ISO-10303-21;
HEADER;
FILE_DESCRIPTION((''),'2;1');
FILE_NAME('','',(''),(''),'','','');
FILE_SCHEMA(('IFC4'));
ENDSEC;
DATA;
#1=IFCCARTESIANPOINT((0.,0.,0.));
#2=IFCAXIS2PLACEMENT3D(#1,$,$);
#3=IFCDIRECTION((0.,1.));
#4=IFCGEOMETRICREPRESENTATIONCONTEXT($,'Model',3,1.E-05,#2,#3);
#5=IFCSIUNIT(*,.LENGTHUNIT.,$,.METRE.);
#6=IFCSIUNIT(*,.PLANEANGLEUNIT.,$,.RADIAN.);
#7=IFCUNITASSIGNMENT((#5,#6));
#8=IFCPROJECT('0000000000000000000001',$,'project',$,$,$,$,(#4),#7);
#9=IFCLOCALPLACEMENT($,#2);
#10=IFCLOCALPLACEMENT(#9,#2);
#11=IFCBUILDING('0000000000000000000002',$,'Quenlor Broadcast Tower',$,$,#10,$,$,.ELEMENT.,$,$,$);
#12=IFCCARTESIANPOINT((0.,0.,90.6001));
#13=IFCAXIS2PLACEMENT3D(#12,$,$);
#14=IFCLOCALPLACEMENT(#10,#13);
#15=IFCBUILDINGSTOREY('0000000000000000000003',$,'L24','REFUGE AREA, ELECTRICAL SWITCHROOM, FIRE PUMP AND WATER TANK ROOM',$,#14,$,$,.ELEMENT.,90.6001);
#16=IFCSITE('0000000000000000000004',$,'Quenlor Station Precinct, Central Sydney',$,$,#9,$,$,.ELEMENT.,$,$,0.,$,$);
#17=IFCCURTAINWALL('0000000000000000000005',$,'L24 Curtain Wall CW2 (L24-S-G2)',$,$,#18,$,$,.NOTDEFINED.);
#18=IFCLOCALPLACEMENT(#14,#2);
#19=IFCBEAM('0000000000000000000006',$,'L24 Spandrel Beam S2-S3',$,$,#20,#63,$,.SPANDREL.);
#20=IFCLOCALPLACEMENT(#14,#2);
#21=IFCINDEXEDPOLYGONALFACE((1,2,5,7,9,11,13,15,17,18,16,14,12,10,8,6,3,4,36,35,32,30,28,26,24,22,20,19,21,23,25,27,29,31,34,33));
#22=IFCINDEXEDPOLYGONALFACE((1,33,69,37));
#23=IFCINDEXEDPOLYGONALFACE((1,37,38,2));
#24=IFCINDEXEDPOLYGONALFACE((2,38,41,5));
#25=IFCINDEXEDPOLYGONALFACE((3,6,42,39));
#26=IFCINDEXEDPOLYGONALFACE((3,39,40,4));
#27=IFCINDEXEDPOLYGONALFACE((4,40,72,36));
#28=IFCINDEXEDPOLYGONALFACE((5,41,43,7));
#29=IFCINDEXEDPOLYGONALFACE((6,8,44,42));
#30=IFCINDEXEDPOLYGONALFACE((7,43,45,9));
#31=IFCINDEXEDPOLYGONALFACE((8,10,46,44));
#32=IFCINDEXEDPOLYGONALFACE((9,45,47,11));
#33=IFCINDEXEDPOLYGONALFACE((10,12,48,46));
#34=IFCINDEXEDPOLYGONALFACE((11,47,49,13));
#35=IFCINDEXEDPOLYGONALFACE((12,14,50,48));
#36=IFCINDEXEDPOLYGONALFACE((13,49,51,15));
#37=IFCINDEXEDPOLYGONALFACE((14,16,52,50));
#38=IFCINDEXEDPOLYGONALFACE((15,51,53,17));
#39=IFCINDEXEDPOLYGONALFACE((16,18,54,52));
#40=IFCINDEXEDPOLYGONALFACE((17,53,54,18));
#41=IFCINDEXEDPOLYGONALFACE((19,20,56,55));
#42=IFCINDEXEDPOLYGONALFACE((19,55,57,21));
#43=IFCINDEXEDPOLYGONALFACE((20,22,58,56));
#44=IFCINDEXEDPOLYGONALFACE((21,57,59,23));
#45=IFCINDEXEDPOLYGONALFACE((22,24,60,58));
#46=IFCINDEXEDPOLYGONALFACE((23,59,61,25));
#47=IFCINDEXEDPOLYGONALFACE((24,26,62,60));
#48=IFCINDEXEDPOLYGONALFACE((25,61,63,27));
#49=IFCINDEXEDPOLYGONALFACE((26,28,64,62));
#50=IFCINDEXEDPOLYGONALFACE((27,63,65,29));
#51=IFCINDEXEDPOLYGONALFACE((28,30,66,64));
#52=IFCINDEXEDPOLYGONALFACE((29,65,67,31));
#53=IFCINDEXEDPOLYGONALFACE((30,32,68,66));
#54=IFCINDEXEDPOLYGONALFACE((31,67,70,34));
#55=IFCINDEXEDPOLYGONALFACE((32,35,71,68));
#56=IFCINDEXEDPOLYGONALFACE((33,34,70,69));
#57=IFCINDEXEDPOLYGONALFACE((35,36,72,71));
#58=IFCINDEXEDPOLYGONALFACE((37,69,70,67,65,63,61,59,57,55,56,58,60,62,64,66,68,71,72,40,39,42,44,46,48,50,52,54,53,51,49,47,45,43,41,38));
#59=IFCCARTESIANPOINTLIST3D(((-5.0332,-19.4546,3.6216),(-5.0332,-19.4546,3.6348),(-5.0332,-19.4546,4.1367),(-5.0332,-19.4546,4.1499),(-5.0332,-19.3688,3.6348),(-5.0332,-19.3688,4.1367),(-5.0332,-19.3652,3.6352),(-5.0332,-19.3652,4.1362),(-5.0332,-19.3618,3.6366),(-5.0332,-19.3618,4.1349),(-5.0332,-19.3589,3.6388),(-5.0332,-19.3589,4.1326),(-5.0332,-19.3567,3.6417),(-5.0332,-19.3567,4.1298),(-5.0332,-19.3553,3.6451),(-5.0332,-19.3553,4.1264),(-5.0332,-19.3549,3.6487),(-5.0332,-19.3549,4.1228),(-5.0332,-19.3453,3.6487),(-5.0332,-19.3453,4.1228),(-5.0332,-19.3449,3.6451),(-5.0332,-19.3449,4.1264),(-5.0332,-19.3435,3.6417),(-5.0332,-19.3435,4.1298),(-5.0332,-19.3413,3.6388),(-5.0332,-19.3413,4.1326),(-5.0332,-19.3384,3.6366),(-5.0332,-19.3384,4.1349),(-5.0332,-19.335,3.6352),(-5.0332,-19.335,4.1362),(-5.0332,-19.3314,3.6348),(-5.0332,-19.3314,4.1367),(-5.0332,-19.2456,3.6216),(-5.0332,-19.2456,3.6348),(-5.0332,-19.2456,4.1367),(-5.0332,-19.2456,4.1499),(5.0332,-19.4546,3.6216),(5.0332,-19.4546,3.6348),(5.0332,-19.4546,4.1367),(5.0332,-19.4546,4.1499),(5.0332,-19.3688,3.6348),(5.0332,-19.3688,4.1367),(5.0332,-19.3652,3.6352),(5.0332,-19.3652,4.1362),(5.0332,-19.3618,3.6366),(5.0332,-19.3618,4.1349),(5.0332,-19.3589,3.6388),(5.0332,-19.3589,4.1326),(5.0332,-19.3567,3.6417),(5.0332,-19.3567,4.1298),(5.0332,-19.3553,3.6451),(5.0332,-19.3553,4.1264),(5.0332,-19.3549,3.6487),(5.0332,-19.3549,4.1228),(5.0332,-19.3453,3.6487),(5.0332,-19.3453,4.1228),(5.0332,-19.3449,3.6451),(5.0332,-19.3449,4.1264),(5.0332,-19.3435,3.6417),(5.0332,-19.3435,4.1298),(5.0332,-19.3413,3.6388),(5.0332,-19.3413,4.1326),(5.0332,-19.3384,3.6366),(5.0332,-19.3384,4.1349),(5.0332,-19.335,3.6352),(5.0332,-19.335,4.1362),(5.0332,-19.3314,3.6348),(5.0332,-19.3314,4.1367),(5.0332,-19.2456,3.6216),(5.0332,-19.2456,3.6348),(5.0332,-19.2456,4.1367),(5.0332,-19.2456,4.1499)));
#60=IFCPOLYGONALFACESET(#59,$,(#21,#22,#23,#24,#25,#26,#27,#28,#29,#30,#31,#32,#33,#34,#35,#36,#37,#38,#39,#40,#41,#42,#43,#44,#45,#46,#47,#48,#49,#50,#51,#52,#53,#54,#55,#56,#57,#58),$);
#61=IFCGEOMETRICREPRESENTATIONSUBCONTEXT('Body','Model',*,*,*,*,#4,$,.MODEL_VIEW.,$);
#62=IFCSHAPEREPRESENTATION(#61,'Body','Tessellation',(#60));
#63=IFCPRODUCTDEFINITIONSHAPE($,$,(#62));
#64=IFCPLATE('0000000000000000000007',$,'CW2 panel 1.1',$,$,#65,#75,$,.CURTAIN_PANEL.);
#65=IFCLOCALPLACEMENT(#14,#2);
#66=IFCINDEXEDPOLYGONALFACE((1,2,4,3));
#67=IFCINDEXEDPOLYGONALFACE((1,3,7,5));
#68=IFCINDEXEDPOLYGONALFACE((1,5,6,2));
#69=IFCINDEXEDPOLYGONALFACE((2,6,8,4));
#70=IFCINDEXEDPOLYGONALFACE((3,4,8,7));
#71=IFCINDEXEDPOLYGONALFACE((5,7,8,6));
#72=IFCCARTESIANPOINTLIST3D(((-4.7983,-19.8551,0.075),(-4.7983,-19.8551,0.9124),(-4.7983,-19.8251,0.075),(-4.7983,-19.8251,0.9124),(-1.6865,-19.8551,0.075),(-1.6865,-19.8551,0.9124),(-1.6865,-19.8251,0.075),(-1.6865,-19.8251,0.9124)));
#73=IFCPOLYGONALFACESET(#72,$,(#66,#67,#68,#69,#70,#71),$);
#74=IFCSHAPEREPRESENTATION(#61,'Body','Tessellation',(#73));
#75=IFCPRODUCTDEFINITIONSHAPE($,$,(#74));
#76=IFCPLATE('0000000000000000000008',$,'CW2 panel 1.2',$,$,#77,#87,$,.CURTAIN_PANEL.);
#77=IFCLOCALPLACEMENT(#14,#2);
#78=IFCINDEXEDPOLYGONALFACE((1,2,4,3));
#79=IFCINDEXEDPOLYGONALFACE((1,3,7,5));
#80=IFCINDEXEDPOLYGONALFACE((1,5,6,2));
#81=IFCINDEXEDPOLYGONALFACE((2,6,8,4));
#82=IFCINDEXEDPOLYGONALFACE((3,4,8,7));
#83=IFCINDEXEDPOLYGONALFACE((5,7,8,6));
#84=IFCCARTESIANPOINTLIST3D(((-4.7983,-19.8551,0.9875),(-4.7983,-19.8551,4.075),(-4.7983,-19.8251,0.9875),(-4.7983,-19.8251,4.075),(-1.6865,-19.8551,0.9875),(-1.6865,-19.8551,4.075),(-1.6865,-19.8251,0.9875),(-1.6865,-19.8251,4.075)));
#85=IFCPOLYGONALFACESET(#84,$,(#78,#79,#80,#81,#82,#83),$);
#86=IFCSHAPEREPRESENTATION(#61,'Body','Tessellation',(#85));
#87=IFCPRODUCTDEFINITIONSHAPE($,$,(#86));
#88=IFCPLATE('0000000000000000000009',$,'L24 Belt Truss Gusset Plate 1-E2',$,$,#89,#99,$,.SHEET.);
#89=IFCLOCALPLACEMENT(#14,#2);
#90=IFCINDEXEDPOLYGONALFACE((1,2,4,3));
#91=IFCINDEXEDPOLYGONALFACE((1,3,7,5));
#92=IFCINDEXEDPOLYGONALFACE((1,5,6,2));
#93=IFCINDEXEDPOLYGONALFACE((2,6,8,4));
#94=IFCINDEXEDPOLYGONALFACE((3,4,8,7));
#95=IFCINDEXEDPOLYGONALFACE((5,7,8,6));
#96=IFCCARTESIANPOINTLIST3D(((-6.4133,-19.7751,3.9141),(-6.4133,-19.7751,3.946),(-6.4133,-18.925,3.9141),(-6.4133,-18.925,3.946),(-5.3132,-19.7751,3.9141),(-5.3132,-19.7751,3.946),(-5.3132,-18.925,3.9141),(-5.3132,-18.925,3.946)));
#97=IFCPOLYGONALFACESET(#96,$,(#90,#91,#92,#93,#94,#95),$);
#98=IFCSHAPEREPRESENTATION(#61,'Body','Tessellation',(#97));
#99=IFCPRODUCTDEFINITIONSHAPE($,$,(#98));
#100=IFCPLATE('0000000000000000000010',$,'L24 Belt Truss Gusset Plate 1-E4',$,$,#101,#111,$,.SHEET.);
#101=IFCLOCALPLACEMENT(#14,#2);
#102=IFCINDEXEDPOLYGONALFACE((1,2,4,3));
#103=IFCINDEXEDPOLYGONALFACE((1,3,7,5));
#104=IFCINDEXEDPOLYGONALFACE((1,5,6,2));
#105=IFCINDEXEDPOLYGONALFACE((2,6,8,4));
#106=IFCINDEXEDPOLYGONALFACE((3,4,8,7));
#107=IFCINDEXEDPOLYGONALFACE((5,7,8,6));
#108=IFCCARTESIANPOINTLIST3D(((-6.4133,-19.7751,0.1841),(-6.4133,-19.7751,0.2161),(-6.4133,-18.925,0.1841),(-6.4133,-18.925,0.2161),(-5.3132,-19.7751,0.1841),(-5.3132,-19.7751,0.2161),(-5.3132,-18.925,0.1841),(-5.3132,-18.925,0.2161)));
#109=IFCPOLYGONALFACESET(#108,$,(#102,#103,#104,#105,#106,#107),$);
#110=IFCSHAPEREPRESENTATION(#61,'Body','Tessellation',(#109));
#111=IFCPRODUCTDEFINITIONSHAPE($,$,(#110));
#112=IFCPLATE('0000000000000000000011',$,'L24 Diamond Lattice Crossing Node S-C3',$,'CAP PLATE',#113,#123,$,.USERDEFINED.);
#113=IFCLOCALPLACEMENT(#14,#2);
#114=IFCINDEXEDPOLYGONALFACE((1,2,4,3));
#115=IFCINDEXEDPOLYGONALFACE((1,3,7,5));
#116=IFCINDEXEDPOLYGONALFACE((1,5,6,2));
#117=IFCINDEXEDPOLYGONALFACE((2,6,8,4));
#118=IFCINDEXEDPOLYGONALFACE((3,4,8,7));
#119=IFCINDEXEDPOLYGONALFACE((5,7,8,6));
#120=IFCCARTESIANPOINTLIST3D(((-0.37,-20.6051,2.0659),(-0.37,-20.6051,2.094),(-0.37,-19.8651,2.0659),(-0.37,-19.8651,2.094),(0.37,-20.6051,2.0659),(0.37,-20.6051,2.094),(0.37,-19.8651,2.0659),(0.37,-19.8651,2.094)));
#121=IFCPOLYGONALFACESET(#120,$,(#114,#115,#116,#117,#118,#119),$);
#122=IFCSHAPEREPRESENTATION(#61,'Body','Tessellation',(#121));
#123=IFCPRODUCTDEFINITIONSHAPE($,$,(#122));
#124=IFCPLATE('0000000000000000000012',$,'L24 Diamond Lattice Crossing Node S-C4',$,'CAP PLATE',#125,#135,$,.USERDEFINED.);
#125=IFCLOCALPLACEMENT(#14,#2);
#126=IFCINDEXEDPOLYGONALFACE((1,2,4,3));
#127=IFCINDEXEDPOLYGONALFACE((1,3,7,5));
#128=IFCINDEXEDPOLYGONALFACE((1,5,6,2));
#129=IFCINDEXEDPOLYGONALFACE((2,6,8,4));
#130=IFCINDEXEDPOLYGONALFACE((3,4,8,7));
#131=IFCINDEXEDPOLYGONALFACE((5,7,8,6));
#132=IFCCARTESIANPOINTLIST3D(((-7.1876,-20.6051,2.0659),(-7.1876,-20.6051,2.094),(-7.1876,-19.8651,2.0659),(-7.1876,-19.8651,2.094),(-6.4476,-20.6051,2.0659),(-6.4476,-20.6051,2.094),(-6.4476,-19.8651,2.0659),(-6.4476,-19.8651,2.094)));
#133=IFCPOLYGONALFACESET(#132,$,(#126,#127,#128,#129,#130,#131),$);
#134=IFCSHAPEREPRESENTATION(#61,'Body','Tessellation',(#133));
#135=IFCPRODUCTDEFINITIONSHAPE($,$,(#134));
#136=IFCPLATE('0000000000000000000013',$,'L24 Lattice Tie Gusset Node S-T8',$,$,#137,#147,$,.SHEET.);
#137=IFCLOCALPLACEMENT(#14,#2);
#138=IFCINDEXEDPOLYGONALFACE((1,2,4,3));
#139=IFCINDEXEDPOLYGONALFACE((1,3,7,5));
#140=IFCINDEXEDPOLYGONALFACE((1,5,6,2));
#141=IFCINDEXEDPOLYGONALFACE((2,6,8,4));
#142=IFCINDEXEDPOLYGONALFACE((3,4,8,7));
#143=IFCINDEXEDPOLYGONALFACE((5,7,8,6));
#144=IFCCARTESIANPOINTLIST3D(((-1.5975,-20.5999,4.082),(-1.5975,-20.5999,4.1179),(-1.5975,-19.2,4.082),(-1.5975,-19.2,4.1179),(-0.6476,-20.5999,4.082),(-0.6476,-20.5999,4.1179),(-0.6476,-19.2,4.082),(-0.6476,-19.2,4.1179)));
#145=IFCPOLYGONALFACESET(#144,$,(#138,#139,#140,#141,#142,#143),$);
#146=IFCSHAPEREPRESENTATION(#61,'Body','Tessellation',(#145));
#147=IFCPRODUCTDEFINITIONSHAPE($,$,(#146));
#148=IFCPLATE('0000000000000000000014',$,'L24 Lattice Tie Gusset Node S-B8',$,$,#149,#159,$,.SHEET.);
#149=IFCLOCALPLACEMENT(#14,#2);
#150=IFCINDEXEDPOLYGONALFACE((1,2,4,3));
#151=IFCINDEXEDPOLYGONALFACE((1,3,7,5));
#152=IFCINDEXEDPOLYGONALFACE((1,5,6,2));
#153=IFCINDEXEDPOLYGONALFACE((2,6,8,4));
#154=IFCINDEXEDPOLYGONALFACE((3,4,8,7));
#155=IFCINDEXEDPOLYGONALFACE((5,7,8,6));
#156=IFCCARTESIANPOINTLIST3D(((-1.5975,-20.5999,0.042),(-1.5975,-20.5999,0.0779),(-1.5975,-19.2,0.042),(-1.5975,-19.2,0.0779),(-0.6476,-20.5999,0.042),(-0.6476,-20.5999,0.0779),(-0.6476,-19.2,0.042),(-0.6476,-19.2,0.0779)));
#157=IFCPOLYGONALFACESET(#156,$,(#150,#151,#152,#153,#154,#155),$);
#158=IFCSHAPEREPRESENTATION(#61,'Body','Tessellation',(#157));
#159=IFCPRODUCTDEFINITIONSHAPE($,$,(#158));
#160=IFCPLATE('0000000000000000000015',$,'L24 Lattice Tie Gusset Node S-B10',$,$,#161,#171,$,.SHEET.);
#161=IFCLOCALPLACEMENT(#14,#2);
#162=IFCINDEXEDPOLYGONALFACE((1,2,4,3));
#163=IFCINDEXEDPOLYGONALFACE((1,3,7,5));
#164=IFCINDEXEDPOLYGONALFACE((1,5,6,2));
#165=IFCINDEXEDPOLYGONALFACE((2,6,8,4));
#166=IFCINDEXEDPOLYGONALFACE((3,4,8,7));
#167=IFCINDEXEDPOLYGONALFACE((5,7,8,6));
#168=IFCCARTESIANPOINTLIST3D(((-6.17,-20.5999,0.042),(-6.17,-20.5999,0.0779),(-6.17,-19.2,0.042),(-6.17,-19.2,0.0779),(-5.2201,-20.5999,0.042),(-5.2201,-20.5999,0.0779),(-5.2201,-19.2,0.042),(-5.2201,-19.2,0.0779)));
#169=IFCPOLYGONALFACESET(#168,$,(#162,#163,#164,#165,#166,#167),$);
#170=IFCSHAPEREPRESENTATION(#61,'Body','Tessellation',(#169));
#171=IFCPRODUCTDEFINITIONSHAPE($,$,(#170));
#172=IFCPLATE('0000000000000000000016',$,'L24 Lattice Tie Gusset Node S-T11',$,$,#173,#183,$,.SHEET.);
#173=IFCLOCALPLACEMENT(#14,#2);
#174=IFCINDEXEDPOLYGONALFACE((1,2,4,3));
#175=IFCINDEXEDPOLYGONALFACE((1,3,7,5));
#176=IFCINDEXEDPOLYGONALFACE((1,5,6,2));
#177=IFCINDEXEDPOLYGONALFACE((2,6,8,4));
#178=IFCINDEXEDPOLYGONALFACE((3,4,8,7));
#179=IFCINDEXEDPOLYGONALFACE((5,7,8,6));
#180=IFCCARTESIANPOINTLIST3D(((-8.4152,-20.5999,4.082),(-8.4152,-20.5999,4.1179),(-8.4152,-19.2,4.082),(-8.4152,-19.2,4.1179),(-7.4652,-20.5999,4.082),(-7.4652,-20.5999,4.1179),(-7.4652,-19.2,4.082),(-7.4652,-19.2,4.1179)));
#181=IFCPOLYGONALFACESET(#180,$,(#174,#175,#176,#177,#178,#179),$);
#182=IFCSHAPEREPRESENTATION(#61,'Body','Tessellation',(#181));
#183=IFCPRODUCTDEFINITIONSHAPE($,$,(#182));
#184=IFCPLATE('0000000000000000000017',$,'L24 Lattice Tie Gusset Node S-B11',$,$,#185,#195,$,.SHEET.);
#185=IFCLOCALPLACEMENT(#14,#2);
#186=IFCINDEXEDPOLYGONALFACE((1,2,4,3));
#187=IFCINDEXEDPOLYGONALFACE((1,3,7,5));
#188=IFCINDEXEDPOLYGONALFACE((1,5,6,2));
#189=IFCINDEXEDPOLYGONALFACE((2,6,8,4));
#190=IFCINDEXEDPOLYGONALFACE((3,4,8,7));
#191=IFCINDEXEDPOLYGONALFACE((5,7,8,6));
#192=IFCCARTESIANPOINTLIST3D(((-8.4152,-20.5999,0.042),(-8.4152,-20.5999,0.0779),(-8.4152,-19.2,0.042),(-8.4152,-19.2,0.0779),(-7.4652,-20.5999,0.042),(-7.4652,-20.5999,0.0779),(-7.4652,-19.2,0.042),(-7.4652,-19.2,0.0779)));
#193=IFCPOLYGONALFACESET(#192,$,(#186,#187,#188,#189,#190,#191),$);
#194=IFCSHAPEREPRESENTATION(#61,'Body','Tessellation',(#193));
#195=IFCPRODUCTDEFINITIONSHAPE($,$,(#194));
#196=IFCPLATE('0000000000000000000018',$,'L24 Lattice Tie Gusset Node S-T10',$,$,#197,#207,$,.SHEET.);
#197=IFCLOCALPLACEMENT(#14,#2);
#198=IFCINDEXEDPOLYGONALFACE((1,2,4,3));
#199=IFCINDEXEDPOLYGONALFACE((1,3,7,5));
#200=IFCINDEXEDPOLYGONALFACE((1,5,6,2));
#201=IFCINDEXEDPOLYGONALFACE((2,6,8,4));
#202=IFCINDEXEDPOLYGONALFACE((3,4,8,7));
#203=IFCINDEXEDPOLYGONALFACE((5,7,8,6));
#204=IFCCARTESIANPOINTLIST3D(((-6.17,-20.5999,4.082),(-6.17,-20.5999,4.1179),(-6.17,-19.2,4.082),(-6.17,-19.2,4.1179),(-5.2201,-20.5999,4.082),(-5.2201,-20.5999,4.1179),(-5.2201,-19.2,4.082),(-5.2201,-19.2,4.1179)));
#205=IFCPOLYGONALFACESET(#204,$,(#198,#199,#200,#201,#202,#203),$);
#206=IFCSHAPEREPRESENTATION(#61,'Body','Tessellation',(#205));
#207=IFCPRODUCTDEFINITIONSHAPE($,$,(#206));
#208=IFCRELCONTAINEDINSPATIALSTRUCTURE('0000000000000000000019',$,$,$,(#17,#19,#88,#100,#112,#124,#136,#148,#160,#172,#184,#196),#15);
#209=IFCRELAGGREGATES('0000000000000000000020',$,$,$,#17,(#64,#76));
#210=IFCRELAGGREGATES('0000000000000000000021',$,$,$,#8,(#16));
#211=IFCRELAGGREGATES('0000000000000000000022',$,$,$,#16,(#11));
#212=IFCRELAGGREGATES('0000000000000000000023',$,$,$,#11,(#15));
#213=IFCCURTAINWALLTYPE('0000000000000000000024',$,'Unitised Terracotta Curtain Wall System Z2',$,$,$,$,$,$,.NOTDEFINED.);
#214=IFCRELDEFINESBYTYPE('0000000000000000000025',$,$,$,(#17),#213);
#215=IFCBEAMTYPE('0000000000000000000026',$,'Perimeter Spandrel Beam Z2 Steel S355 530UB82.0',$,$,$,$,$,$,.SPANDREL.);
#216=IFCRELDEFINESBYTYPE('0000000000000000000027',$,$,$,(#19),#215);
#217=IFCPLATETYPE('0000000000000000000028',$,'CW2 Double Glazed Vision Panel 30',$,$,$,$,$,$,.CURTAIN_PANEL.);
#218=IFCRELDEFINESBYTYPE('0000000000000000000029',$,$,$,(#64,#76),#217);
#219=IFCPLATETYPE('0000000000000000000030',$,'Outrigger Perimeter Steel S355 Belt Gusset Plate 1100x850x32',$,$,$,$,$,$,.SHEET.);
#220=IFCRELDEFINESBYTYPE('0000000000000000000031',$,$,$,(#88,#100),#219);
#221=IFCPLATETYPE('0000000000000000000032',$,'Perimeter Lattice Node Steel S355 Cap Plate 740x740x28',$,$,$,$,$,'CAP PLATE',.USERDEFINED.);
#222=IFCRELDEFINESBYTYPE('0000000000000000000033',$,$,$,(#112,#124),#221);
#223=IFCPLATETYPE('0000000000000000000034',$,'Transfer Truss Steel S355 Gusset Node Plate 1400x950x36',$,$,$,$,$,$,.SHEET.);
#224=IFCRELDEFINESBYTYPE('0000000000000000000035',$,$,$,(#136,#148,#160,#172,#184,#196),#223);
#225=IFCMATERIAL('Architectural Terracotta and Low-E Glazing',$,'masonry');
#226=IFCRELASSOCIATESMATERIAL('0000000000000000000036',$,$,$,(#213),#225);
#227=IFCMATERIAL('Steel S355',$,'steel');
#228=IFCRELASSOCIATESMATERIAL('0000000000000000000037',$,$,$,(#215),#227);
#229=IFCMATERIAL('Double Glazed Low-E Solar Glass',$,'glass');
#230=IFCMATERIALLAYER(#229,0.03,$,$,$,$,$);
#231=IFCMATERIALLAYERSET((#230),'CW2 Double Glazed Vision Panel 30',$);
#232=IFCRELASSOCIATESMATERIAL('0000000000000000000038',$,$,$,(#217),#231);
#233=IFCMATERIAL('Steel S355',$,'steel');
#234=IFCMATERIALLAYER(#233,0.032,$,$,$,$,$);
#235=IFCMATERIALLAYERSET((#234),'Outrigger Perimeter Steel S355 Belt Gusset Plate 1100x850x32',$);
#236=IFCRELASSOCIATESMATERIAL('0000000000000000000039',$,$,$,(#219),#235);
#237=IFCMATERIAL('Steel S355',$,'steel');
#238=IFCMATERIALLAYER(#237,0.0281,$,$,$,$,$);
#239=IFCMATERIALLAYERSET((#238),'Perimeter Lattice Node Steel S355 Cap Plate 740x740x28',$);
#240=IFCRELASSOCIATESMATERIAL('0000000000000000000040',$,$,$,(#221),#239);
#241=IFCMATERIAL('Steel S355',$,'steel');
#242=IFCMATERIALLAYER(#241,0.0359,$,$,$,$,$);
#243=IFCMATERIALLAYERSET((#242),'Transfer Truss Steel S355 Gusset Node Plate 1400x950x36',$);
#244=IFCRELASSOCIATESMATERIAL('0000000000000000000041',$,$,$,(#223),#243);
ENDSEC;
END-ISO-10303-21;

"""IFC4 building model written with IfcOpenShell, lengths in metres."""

from ifc_helpers import new_model, si_unit, direction, frame, origin, origin_2d, place, context, subcontext, project, spatial, rectangle, i_section, extrude, material, layer, layer_set, material_profile, profile_set, type_object, element, aggregate, save


model = new_model("IFC4")

# Units and contexts
model_context = context("Model", 3, precision=1e-05, world=origin(), true_north=direction((0.0, 1.0)))
body_context = subcontext(model_context, "Body", "Model", "MODEL_VIEW")
ifc_project = project(units=[si_unit("LENGTHUNIT", "METRE"), si_unit("PLANEANGLEUNIT", "RADIAN")], contexts=[model_context])

# Site, building, storey
site_placement = place(None, origin())
site = spatial("IfcSite", under=ifc_project, at=site_placement, Name="Quenlor Station Precinct, Central Sydney", CompositionType="ELEMENT", RefElevation=0.0)
building_placement = place(site_placement, origin())
building = spatial("IfcBuilding", under=site, at=building_placement, Name="Quenlor Broadcast Tower", CompositionType="ELEMENT")
storey_placement = place(building_placement, frame((0.0, 0.0, 90.6001)))
storey = spatial("IfcBuildingStorey", under=building, at=storey_placement, Name="L24", Description="REFUGE AREA, ELECTRICAL SWITCHROOM, FIRE PUMP AND WATER TANK ROOM", CompositionType="ELEMENT", Elevation=90.6001)

# Curtain wall
ifc_material_1 = material(Name="Architectural Terracotta and Low-E Glazing", Category="masonry")
curtain_wall_type = type_object("IfcCurtainWallType", Name="Unitised Terracotta Curtain Wall System Z2", PredefinedType="NOTDEFINED", material=ifc_material_1)
curtain_wall_placement = place(storey_placement, origin())
curtain_wall = element("IfcCurtainWall", 1, at=curtain_wall_placement, inside=storey, type_object=curtain_wall_type, Name="L24 Curtain Wall CW2 (L24-S-G2)", PredefinedType="NOTDEFINED")

# Beam
ifc_material_2 = material(Name="Steel S355", Category="steel")
ifc_material_profile_1 = material_profile(ifc_material_2, i_section(OverallWidth=0.209, OverallDepth=0.5283, WebThickness=0.0095, FlangeThickness=0.0132, FilletRadius=0.0139, at=origin_2d()))
ifc_profile_set_1 = profile_set([ifc_material_profile_1], Name="Steel S355 530UB82.0")
beam_type = type_object("IfcBeamType", Name="Perimeter Spandrel Beam Z2 Steel S355 530UB82.0", PredefinedType="SPANDREL", material=ifc_profile_set_1)
beam_placement = place(storey_placement, frame((-5.0332, -19.3501, 3.8857), z_axis=(1.0, 0.0, 0.0), x_axis=(0.0, 1.0, 0.0)))
element("IfcBeam", 2, at=beam_placement, inside=storey, type_object=beam_type, Name="L24 Spandrel Beam S2-S3", PredefinedType="SPANDREL", context=body_context, shape_type="SweptSolid", body=[
    extrude(i_section(OverallWidth=0.209, OverallDepth=0.5283, WebThickness=0.0095, FlangeThickness=0.0132, FilletRadius=0.0139, at=origin_2d()), origin(), (0.0, 0.0, 1.0), 10.0664),
])

# Plates
ifc_material_3 = material(Name="Double Glazed Low-E Solar Glass", Category="glass")
ifc_layer_1 = layer(ifc_material_3, 0.03)
ifc_layer_set_1 = layer_set([ifc_layer_1], Name="CW2 Double Glazed Vision Panel 30")
plate_type_1 = type_object("IfcPlateType", Name="CW2 Double Glazed Vision Panel 30", PredefinedType="CURTAIN_PANEL", material=ifc_layer_set_1)
plate_1_placement = place(storey_placement, frame((-3.2424, -19.8401, 0.075), z_axis=(0.0, 0.0, 1.0), x_axis=(-1.0, 0.0, 0.0)))
plate_1 = element("IfcPlate", 3, at=plate_1_placement, type_object=plate_type_1, Name="CW2 panel 1.1", PredefinedType="CURTAIN_PANEL", context=body_context, shape_type="SweptSolid", body=[
    extrude(rectangle(XDim=3.1118, YDim=0.03, at=origin_2d()), origin(), (0.0, 0.0, 1.0), 0.8374),
])
plate_2_placement = place(storey_placement, frame((-3.2424, -19.8401, 0.9875), z_axis=(0.0, 0.0, 1.0), x_axis=(-1.0, 0.0, 0.0)))
plate_2 = element("IfcPlate", 4, at=plate_2_placement, type_object=plate_type_1, Name="CW2 panel 1.2", PredefinedType="CURTAIN_PANEL", context=body_context, shape_type="SweptSolid", body=[
    extrude(rectangle(XDim=3.1118, YDim=0.03, at=origin_2d()), origin(), (0.0, 0.0, 1.0), 3.0874),
])
aggregate(curtain_wall, [plate_1, plate_2])

# Plates
ifc_material_4 = material(Name="Steel S355", Category="steel")
ifc_layer_2 = layer(ifc_material_4, 0.032)
ifc_layer_set_2 = layer_set([ifc_layer_2], Name="Outrigger Perimeter Steel S355 Belt Gusset Plate 1100x850x32")
plate_type_2 = type_object("IfcPlateType", Name="Outrigger Perimeter Steel S355 Belt Gusset Plate 1100x850x32", PredefinedType="SHEET", material=ifc_layer_set_2)
for number, where, z_axis, x_axis, name in (
    (5, (-5.8633, -19.3501, 3.9141), (0.0, 0.0, 1.0), (1.0, 0.0, 0.0), "L24 Belt Truss Gusset Plate 1-E2"),
    (6, (-5.8633, -19.3501, 0.1841), (0.0, 0.0, 1.0), (1.0, 0.0, 0.0), "L24 Belt Truss Gusset Plate 1-E4"),
):
    element("IfcPlate", number, at=place(storey_placement, frame(where, z_axis=z_axis, x_axis=x_axis)), inside=storey, type_object=plate_type_2, Name=name, PredefinedType="SHEET", context=body_context, shape_type="SweptSolid", body=[
        extrude(rectangle(XDim=1.1001, YDim=0.8501, at=origin_2d()), origin(), (0.0, 0.0, 1.0), 0.032),
    ])
ifc_material_5 = material(Name="Steel S355", Category="steel")
ifc_layer_3 = layer(ifc_material_5, 0.0281)
ifc_layer_set_3 = layer_set([ifc_layer_3], Name="Perimeter Lattice Node Steel S355 Cap Plate 740x740x28")
plate_type_3 = type_object("IfcPlateType", Name="Perimeter Lattice Node Steel S355 Cap Plate 740x740x28", ElementType="CAP PLATE", PredefinedType="USERDEFINED", material=ifc_layer_set_3)
for number, where, z_axis, x_axis, name in (
    (7, (0.0, -20.2351, 2.0659), (0.0, 0.0, 1.0), (-1.0, 0.0, 0.0), "L24 Diamond Lattice Crossing Node S-C3"),
    (8, (-6.8176, -20.2351, 2.0659), (0.0, 0.0, 1.0), (-1.0, 0.0, 0.0), "L24 Diamond Lattice Crossing Node S-C4"),
):
    element("IfcPlate", number, at=place(storey_placement, frame(where, z_axis=z_axis, x_axis=x_axis)), inside=storey, type_object=plate_type_3, Name=name, ObjectType="CAP PLATE", PredefinedType="USERDEFINED", context=body_context, shape_type="SweptSolid", body=[
        extrude(rectangle(XDim=0.74, YDim=0.74, at=origin_2d()), origin(), (0.0, 0.0, 1.0), 0.0281),
    ])
ifc_material_6 = material(Name="Steel S355", Category="steel")
ifc_layer_4 = layer(ifc_material_6, 0.0359)
ifc_layer_set_4 = layer_set([ifc_layer_4], Name="Transfer Truss Steel S355 Gusset Node Plate 1400x950x36")
plate_type_4 = type_object("IfcPlateType", Name="Transfer Truss Steel S355 Gusset Node Plate 1400x950x36", PredefinedType="SHEET", material=ifc_layer_set_4)
for number, where, z_axis, x_axis, name in (
    (9, (-1.1226, -19.8999, 4.082), (0.0, 0.0, 1.0), (0.0, -1.0, 0.0), "L24 Lattice Tie Gusset Node S-T8"),
    (10, (-1.1226, -19.8999, 0.042), (0.0, 0.0, 1.0), (0.0, -1.0, 0.0), "L24 Lattice Tie Gusset Node S-B8"),
    (11, (-5.6951, -19.8999, 0.042), (0.0, 0.0, 1.0), (0.0, -1.0, 0.0), "L24 Lattice Tie Gusset Node S-B10"),
    (12, (-7.9402, -19.8999, 4.082), (0.0, 0.0, 1.0), (0.0, -1.0, 0.0), "L24 Lattice Tie Gusset Node S-T11"),
    (13, (-7.9402, -19.8999, 0.042), (0.0, 0.0, 1.0), (0.0, -1.0, 0.0), "L24 Lattice Tie Gusset Node S-B11"),
    (14, (-5.6951, -19.8999, 4.082), (0.0, 0.0, 1.0), (0.0, -1.0, 0.0), "L24 Lattice Tie Gusset Node S-T10"),
):
    element("IfcPlate", number, at=place(storey_placement, frame(where, z_axis=z_axis, x_axis=x_axis)), inside=storey, type_object=plate_type_4, Name=name, PredefinedType="SHEET", context=body_context, shape_type="SweptSolid", body=[
        extrude(rectangle(XDim=1.3999, YDim=0.95, at=origin_2d()), origin(), (0.0, 0.0, 1.0), 0.0359),
    ])

save(model, "model.ifc")
